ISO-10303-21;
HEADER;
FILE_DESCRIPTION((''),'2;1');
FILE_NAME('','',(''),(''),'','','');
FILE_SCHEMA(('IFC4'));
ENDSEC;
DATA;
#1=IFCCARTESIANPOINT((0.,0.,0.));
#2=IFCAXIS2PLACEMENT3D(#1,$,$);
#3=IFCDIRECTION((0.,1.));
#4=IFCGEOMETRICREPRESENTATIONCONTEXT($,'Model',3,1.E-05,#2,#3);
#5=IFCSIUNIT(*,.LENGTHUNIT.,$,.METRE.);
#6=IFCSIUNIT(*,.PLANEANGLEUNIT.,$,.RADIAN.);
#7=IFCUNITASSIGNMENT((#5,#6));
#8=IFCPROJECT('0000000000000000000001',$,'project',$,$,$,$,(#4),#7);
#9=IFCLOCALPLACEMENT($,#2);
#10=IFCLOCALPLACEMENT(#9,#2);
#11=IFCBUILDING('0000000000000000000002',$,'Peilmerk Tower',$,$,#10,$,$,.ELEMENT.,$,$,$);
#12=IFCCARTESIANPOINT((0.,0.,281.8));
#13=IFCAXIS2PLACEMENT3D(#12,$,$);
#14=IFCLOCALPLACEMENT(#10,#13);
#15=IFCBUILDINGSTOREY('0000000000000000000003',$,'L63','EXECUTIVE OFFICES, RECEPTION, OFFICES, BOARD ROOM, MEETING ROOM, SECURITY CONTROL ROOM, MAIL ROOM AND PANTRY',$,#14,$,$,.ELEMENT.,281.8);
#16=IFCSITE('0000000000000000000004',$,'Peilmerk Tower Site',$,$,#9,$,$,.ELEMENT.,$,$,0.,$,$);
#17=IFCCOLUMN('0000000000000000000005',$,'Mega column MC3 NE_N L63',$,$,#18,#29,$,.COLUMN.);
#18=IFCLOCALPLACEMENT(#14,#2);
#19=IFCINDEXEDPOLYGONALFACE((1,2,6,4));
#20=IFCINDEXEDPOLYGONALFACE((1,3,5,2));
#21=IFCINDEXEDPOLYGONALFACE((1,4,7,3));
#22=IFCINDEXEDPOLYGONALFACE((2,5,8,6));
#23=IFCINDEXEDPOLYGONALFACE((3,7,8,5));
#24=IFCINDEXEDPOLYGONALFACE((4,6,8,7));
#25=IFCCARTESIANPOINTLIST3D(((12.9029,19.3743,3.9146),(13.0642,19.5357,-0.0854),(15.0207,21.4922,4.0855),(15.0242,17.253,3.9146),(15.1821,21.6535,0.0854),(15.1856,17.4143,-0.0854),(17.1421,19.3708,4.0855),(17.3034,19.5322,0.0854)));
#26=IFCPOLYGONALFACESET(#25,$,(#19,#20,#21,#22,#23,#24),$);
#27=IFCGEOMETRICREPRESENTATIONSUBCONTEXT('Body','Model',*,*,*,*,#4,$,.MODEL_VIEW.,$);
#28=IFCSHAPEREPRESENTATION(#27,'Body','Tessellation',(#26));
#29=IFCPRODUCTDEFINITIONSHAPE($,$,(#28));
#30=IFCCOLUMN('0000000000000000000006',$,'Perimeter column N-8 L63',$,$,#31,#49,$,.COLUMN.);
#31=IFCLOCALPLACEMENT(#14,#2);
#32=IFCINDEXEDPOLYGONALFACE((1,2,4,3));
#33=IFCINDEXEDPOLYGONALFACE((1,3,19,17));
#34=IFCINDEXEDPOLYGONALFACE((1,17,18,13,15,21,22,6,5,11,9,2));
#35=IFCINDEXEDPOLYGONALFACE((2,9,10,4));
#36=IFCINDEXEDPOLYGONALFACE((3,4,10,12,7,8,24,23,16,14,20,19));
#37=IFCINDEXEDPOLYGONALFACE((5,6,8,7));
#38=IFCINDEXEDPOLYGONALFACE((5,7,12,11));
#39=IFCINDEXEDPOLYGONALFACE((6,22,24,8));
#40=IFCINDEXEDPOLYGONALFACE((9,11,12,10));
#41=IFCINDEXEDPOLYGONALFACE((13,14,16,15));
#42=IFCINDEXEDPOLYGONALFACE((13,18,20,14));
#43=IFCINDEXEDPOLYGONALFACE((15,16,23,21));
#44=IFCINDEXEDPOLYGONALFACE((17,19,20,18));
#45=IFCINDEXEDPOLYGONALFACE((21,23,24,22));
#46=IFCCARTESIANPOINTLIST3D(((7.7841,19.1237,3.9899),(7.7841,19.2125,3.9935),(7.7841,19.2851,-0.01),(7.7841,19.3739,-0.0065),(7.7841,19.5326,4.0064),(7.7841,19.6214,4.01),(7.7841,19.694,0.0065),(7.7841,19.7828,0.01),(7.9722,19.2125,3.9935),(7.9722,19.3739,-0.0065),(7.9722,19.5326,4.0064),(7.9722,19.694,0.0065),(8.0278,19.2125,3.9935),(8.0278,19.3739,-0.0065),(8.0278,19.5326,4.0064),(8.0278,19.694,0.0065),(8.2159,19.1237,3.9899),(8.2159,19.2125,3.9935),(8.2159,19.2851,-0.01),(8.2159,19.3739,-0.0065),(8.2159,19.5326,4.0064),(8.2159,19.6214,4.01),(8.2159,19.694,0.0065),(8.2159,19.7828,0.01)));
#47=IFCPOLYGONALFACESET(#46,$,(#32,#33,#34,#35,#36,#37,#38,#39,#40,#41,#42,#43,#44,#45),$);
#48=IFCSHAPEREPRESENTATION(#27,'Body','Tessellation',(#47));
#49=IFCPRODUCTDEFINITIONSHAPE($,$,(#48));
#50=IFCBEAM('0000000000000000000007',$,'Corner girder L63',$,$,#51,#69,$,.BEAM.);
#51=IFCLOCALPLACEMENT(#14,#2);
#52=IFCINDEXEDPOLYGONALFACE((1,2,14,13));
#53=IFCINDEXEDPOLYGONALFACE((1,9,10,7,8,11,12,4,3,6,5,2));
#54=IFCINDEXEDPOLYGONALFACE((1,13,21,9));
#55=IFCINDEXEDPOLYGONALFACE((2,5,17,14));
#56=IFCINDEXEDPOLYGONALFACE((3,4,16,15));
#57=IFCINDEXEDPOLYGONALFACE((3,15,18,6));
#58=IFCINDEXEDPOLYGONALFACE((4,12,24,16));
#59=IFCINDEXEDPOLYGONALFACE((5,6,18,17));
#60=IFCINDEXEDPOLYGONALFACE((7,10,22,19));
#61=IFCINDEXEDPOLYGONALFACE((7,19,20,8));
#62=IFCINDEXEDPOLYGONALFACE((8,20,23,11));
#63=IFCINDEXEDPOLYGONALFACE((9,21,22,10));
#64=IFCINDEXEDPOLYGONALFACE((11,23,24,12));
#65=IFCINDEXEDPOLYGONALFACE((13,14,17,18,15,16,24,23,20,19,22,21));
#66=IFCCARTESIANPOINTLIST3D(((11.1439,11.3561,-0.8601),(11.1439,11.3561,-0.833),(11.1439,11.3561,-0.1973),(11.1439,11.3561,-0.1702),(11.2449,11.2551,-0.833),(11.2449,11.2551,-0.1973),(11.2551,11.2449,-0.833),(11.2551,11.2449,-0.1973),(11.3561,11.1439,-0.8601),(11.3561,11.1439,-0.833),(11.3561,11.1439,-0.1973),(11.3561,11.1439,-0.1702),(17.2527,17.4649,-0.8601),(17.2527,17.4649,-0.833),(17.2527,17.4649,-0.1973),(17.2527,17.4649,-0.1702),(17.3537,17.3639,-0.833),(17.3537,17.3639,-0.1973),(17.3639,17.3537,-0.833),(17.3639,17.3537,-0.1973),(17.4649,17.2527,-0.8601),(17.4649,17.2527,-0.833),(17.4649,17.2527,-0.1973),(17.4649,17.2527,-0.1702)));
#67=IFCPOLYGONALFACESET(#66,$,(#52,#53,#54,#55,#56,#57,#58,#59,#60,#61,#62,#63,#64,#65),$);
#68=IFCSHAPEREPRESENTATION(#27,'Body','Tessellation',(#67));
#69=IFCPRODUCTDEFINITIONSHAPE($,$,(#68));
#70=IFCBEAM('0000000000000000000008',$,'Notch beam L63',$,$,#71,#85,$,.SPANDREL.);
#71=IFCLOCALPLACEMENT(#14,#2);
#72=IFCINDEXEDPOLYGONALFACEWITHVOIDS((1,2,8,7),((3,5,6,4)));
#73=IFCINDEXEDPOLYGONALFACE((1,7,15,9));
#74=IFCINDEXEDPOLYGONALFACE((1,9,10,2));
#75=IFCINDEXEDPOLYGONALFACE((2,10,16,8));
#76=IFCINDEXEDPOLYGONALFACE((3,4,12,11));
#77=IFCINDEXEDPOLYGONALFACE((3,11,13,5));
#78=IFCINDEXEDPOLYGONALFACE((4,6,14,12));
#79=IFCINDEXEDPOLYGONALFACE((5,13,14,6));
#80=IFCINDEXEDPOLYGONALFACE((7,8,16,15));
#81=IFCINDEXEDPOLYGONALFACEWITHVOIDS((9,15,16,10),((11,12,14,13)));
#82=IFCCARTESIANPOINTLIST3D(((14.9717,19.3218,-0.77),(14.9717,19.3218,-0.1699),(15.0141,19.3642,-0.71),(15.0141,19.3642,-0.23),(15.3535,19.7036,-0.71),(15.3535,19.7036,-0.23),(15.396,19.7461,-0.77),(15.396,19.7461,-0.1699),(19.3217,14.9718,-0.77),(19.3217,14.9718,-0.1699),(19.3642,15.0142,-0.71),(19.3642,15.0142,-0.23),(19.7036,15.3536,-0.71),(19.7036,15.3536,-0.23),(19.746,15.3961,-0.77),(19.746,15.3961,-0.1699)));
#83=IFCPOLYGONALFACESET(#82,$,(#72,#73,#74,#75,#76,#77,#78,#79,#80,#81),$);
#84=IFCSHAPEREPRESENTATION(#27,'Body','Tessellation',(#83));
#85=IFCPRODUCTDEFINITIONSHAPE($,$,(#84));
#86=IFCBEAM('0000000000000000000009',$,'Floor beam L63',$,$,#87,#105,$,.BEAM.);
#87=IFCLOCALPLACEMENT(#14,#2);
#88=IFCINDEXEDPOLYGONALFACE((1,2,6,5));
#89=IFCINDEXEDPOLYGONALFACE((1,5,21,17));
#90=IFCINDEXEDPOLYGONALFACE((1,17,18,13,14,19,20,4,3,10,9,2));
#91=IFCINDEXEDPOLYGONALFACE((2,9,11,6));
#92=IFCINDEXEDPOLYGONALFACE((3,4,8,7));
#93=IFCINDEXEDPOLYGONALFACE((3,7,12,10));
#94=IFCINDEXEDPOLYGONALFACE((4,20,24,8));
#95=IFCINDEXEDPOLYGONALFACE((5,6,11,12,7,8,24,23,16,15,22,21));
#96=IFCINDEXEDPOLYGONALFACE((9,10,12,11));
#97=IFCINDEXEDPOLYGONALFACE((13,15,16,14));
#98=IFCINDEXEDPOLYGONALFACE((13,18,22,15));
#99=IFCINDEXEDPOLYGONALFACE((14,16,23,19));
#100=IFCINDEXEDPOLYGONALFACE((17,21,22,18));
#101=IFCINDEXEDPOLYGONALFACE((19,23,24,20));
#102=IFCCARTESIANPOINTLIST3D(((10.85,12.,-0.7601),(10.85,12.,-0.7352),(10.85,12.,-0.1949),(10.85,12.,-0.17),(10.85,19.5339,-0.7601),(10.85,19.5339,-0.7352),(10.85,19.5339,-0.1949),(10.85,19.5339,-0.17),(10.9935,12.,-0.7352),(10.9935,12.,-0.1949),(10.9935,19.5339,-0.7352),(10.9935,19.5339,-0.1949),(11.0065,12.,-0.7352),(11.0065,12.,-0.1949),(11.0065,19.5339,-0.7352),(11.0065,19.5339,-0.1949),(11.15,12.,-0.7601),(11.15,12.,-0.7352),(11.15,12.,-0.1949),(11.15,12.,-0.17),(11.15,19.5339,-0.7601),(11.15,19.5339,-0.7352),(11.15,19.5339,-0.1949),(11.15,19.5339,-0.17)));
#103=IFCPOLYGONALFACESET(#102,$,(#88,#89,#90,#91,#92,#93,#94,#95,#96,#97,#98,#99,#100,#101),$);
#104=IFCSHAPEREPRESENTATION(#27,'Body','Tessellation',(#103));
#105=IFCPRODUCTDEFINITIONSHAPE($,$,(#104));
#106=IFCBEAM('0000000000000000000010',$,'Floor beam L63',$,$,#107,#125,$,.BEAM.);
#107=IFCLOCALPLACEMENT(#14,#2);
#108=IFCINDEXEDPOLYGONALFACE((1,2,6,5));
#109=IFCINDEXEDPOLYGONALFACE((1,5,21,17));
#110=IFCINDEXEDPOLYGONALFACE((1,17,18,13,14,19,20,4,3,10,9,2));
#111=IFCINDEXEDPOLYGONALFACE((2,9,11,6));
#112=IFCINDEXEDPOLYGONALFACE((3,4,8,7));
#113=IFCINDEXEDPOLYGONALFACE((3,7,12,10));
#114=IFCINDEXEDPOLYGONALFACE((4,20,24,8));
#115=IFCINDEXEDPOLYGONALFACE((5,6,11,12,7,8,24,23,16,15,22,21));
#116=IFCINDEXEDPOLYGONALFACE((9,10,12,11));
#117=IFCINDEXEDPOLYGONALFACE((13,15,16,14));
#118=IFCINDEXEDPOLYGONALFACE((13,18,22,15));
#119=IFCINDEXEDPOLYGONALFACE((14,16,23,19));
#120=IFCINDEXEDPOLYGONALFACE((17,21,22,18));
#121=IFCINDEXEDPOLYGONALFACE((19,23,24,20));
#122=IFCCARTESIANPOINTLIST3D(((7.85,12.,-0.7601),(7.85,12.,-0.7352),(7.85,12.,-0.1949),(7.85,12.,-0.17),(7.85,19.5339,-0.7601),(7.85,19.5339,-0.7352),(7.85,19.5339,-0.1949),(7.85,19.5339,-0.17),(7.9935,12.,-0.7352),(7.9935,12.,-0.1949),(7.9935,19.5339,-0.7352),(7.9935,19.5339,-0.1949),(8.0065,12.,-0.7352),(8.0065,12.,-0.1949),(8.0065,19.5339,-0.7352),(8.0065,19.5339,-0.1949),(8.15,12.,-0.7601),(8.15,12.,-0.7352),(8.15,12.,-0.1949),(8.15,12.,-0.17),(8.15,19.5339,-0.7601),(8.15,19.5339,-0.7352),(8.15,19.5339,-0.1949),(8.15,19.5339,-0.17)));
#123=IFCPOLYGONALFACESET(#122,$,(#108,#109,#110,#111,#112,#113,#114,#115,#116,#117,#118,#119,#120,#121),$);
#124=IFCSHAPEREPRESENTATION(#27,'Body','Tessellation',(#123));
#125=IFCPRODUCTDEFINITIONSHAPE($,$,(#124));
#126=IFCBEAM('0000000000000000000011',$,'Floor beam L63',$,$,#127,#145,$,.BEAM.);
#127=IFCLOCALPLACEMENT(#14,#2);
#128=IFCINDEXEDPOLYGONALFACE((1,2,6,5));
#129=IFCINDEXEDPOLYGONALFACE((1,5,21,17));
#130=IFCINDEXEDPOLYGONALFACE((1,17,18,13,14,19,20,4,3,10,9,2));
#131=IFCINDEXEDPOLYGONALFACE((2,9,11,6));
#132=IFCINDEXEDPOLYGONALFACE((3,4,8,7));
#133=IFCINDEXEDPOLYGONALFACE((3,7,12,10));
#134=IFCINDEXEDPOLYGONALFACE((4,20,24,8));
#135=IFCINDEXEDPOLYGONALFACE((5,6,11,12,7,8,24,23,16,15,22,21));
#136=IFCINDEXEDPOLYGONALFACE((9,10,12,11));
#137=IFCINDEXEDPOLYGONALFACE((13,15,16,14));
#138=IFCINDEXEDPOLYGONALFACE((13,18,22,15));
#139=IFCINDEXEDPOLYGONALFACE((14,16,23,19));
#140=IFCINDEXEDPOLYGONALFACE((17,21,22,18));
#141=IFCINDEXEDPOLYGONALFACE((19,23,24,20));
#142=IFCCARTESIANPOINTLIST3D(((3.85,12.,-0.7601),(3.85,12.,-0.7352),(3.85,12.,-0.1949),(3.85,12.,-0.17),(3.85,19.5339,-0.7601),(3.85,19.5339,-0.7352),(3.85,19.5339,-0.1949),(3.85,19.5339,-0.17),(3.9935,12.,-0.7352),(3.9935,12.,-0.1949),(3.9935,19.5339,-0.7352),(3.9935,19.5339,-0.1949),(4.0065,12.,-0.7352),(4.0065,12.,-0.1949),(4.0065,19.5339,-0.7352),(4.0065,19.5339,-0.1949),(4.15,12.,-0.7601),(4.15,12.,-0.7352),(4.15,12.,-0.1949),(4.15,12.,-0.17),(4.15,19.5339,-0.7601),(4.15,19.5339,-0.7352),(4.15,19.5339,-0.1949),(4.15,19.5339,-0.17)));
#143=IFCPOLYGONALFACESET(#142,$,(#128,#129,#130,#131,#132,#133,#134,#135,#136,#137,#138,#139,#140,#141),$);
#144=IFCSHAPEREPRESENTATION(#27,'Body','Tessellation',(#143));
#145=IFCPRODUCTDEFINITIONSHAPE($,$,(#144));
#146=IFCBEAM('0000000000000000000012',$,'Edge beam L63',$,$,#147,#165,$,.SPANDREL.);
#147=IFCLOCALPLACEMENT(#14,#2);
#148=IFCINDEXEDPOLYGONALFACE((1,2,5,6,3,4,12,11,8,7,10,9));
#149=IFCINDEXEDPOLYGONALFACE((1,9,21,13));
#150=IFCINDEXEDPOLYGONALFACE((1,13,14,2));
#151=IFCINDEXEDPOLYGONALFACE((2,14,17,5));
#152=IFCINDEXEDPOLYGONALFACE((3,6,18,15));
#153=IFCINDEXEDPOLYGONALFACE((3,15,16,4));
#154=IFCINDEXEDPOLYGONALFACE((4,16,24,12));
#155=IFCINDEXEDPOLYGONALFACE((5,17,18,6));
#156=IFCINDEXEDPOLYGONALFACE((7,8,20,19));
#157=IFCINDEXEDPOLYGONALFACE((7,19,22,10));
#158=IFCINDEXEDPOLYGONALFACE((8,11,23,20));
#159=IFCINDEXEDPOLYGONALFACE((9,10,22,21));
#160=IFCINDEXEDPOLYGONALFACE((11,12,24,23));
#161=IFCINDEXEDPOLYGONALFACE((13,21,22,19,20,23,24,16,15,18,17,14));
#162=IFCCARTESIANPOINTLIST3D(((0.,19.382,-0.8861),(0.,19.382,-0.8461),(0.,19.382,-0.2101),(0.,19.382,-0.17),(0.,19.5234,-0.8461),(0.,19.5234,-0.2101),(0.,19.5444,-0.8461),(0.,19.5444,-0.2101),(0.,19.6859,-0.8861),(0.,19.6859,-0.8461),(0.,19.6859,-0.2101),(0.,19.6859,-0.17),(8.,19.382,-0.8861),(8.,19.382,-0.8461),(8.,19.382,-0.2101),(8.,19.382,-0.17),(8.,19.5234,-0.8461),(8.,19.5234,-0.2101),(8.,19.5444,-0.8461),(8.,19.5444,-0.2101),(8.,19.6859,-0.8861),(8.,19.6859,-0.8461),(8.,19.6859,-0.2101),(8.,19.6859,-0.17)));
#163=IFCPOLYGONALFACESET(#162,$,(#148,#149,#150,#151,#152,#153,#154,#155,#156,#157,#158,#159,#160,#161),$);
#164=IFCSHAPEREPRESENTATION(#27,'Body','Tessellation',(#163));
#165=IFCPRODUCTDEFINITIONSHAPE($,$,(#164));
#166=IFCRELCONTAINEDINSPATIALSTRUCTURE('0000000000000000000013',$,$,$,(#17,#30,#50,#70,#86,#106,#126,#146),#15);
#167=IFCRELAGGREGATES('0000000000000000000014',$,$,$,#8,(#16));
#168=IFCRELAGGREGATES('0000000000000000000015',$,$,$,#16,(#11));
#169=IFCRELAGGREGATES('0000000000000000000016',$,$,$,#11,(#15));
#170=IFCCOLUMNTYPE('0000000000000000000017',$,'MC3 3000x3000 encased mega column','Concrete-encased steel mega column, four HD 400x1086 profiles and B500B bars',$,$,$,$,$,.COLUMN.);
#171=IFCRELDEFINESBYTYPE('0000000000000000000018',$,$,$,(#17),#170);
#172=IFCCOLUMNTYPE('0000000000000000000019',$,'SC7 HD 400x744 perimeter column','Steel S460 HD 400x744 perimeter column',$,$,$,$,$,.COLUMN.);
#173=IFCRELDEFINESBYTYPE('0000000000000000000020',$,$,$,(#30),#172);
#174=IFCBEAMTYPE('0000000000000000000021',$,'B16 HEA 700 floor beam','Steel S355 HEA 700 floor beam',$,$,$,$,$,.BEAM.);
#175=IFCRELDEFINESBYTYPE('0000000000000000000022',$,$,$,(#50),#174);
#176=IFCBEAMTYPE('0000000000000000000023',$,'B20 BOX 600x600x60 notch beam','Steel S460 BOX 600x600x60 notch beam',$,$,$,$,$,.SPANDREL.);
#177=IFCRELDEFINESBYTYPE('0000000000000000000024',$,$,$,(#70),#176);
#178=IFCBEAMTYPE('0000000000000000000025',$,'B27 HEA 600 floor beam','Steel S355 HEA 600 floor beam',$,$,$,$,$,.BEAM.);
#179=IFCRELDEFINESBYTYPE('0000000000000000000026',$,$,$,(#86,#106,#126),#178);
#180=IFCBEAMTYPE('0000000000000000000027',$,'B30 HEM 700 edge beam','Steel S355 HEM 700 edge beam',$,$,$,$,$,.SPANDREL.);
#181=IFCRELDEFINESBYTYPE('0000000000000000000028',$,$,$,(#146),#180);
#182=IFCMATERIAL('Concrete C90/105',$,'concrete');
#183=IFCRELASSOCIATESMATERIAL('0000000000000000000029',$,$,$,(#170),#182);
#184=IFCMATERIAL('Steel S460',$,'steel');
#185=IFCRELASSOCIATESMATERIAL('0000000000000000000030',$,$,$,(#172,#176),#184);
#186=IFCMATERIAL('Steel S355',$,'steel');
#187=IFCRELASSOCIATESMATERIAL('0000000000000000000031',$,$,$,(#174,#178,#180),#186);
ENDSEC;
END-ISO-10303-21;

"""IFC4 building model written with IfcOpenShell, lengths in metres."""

from ifc_helpers import new_model, si_unit, direction, frame, origin, origin_2d, place, context, subcontext, project, spatial, rectangle, hollow_rectangle, i_section, extrude, material, material_profile, profile_set, type_object, element, save


model = new_model("IFC4")

# Units and contexts
model_context = context("Model", 3, precision=1e-05, world=origin(), true_north=direction((0.0, 1.0)))
body_context = subcontext(model_context, "Body", "Model", "MODEL_VIEW")
ifc_project = project(units=[si_unit("LENGTHUNIT", "METRE"), si_unit("PLANEANGLEUNIT", "RADIAN")], contexts=[model_context])

# Site, building, storey
site_placement = place(None, origin())
site = spatial("IfcSite", under=ifc_project, at=site_placement, Name="Peilmerk Tower Site", CompositionType="ELEMENT", RefElevation=0.0)
building_placement = place(site_placement, origin())
building = spatial("IfcBuilding", under=site, at=building_placement, Name="Peilmerk Tower", CompositionType="ELEMENT")
storey_placement = place(building_placement, frame((0.0, 0.0, 281.8)))
storey = spatial("IfcBuildingStorey", under=building, at=storey_placement, Name="L63", Description="EXECUTIVE OFFICES, RECEPTION, OFFICES, BOARD ROOM, MEETING ROOM, SECURITY CONTROL ROOM, MAIL ROOM AND PANTRY", CompositionType="ELEMENT", Elevation=281.8)

# Columns
ifc_material_1 = material(Name="Concrete C90/105", Category="concrete")
ifc_material_profile_1 = material_profile(ifc_material_1, rectangle(XDim=3.0, YDim=3.0, at=origin_2d()), Name="RC 3000x3000")
ifc_profile_set_1 = profile_set([ifc_material_profile_1], Name="Concrete C90/105")
column_type_1 = type_object("IfcColumnType", Name="MC3 3000x3000 encased mega column", Description="Concrete-encased steel mega column, four HD 400x1086 profiles and B500B bars", PredefinedType="COLUMN", material=ifc_profile_set_1)
column_1_placement = place(storey_placement, frame((15.1838, 19.5339, 0.0), z_axis=(-0.040279, -0.040279, 0.998376), x_axis=(0.707107, -0.707107, 0.0)))
element("IfcColumn", 1, at=column_1_placement, inside=storey, type_object=column_type_1, Name="Mega column MC3 NE_N L63", PredefinedType="COLUMN", context=body_context, shape_type="SweptSolid", body=[
    extrude(rectangle(XDim=3.0, YDim=3.0, at=origin_2d()), origin(), (0.0, 0.0, 1.0), 4.0066),
])
ifc_material_2 = material(Name="Steel S460", Category="steel")
ifc_material_profile_2 = material_profile(ifc_material_2, i_section(OverallWidth=0.4319, OverallDepth=0.498, WebThickness=0.0557, FlangeThickness=0.0889, at=origin_2d()), Name="HD 400x744")
ifc_profile_set_2 = profile_set([ifc_material_profile_2], Name="Steel S460")
column_type_2 = type_object("IfcColumnType", Name="SC7 HD 400x744 perimeter column", Description="Steel S460 HD 400x744 perimeter column", PredefinedType="COLUMN", material=ifc_profile_set_2)
column_2_placement = place(storey_placement, frame((8.0, 19.5339, 0.0), z_axis=(0.0, -0.040311, 0.999187), x_axis=(1.0, 0.0, 0.0)))
element("IfcColumn", 2, at=column_2_placement, inside=storey, type_object=column_type_2, Name="Perimeter column N-8 L63", PredefinedType="COLUMN", context=body_context, shape_type="SweptSolid", body=[
    extrude(i_section(OverallWidth=0.4319, OverallDepth=0.498, WebThickness=0.0557, FlangeThickness=0.0889, at=origin_2d()), origin(), (0.0, 0.0, 1.0), 4.0032),
])

# Beams
ifc_material_3 = material(Name="Steel S355", Category="steel")
ifc_material_profile_3 = material_profile(ifc_material_3, i_section(OverallWidth=0.3, OverallDepth=0.6899, WebThickness=0.0144, FlangeThickness=0.0271, at=origin_2d()), Name="HEA 700")
ifc_profile_set_3 = profile_set([ifc_material_profile_3], Name="Steel S355")
beam_type_1 = type_object("IfcBeamType", Name="B16 HEA 700 floor beam", Description="Steel S355 HEA 700 floor beam", PredefinedType="BEAM", material=ifc_profile_set_3)
beam_1_placement = place(storey_placement, frame((11.25, 11.25, -0.5151), z_axis=(0.707107, 0.707107, 0.0), x_axis=(-0.707107, 0.707107, 0.0)))
element("IfcBeam", 3, at=beam_1_placement, inside=storey, type_object=beam_type_1, Name="Corner girder L63", PredefinedType="BEAM", context=body_context, shape_type="SweptSolid", body=[
    extrude(i_section(OverallWidth=0.3, OverallDepth=0.6899, WebThickness=0.0144, FlangeThickness=0.0271, at=origin_2d()), origin(), (0.0, 0.0, 1.0), 8.6392),
])
ifc_material_profile_4 = material_profile(ifc_material_2, hollow_rectangle(XDim=0.6001, YDim=0.6001, WallThickness=0.0601, at=origin_2d()), Name="BOX 600x600x60")
ifc_profile_set_4 = profile_set([ifc_material_profile_4], Name="Steel S460")
beam_type_2 = type_object("IfcBeamType", Name="B20 BOX 600x600x60 notch beam", Description="Steel S460 BOX 600x600x60 notch beam", PredefinedType="SPANDREL", material=ifc_profile_set_4)
beam_2_placement = place(storey_placement, frame((15.1838, 19.5339, -0.47), z_axis=(0.707107, -0.707107, 0.0), x_axis=(0.707107, 0.707107, 0.0)))
element("IfcBeam", 4, at=beam_2_placement, inside=storey, type_object=beam_type_2, Name="Notch beam L63", PredefinedType="SPANDREL", context=body_context, shape_type="SweptSolid", body=[
    extrude(hollow_rectangle(XDim=0.6001, YDim=0.6001, WallThickness=0.0601, at=origin_2d()), origin(), (0.0, 0.0, 1.0), 6.1519),
])
ifc_material_profile_5 = material_profile(ifc_material_3, i_section(OverallWidth=0.3, OverallDepth=0.5901, WebThickness=0.0129, FlangeThickness=0.0249, at=origin_2d()), Name="HEA 600")
ifc_profile_set_5 = profile_set([ifc_material_profile_5], Name="Steel S355")
beam_type_3 = type_object("IfcBeamType", Name="B27 HEA 600 floor beam", Description="Steel S355 HEA 600 floor beam", PredefinedType="BEAM", material=ifc_profile_set_5)
for number, where, z_axis, x_axis, name in (
    (5, (11.0, 12.0, -0.4651), (0.0, 1.0, 0.0), (-1.0, 0.0, 0.0), "Floor beam L63"),
    (6, (8.0, 12.0, -0.4651), (0.0, 1.0, 0.0), (-1.0, 0.0, 0.0), "Floor beam L63"),
    (7, (4.0, 12.0, -0.4651), (0.0, 1.0, 0.0), (-1.0, 0.0, 0.0), "Floor beam L63"),
):
    element("IfcBeam", number, at=place(storey_placement, frame(where, z_axis=z_axis, x_axis=x_axis)), inside=storey, type_object=beam_type_3, Name=name, PredefinedType="BEAM", context=body_context, shape_type="SweptSolid", body=[
        extrude(i_section(OverallWidth=0.3, OverallDepth=0.5901, WebThickness=0.0129, FlangeThickness=0.0249, at=origin_2d()), origin(), (0.0, 0.0, 1.0), 7.5339),
    ])
ifc_material_profile_6 = material_profile(ifc_material_3, i_section(OverallWidth=0.304, OverallDepth=0.7161, WebThickness=0.021, FlangeThickness=0.04, at=origin_2d()), Name="HEM 700")
ifc_profile_set_6 = profile_set([ifc_material_profile_6], Name="Steel S355")
beam_type_4 = type_object("IfcBeamType", Name="B30 HEM 700 edge beam", Description="Steel S355 HEM 700 edge beam", PredefinedType="SPANDREL", material=ifc_profile_set_6)
beam_3_placement = place(storey_placement, frame((8.0, 19.5339, -0.5281), z_axis=(-1.0, 0.0, 0.0), x_axis=(0.0, -1.0, 0.0)))
element("IfcBeam", 8, at=beam_3_placement, inside=storey, type_object=beam_type_4, Name="Edge beam L63", PredefinedType="SPANDREL", context=body_context, shape_type="SweptSolid", body=[
    extrude(i_section(OverallWidth=0.304, OverallDepth=0.7161, WebThickness=0.021, FlangeThickness=0.04, at=origin_2d()), origin(), (0.0, 0.0, 1.0), 8.0),
])

save(model, "model.ifc")
